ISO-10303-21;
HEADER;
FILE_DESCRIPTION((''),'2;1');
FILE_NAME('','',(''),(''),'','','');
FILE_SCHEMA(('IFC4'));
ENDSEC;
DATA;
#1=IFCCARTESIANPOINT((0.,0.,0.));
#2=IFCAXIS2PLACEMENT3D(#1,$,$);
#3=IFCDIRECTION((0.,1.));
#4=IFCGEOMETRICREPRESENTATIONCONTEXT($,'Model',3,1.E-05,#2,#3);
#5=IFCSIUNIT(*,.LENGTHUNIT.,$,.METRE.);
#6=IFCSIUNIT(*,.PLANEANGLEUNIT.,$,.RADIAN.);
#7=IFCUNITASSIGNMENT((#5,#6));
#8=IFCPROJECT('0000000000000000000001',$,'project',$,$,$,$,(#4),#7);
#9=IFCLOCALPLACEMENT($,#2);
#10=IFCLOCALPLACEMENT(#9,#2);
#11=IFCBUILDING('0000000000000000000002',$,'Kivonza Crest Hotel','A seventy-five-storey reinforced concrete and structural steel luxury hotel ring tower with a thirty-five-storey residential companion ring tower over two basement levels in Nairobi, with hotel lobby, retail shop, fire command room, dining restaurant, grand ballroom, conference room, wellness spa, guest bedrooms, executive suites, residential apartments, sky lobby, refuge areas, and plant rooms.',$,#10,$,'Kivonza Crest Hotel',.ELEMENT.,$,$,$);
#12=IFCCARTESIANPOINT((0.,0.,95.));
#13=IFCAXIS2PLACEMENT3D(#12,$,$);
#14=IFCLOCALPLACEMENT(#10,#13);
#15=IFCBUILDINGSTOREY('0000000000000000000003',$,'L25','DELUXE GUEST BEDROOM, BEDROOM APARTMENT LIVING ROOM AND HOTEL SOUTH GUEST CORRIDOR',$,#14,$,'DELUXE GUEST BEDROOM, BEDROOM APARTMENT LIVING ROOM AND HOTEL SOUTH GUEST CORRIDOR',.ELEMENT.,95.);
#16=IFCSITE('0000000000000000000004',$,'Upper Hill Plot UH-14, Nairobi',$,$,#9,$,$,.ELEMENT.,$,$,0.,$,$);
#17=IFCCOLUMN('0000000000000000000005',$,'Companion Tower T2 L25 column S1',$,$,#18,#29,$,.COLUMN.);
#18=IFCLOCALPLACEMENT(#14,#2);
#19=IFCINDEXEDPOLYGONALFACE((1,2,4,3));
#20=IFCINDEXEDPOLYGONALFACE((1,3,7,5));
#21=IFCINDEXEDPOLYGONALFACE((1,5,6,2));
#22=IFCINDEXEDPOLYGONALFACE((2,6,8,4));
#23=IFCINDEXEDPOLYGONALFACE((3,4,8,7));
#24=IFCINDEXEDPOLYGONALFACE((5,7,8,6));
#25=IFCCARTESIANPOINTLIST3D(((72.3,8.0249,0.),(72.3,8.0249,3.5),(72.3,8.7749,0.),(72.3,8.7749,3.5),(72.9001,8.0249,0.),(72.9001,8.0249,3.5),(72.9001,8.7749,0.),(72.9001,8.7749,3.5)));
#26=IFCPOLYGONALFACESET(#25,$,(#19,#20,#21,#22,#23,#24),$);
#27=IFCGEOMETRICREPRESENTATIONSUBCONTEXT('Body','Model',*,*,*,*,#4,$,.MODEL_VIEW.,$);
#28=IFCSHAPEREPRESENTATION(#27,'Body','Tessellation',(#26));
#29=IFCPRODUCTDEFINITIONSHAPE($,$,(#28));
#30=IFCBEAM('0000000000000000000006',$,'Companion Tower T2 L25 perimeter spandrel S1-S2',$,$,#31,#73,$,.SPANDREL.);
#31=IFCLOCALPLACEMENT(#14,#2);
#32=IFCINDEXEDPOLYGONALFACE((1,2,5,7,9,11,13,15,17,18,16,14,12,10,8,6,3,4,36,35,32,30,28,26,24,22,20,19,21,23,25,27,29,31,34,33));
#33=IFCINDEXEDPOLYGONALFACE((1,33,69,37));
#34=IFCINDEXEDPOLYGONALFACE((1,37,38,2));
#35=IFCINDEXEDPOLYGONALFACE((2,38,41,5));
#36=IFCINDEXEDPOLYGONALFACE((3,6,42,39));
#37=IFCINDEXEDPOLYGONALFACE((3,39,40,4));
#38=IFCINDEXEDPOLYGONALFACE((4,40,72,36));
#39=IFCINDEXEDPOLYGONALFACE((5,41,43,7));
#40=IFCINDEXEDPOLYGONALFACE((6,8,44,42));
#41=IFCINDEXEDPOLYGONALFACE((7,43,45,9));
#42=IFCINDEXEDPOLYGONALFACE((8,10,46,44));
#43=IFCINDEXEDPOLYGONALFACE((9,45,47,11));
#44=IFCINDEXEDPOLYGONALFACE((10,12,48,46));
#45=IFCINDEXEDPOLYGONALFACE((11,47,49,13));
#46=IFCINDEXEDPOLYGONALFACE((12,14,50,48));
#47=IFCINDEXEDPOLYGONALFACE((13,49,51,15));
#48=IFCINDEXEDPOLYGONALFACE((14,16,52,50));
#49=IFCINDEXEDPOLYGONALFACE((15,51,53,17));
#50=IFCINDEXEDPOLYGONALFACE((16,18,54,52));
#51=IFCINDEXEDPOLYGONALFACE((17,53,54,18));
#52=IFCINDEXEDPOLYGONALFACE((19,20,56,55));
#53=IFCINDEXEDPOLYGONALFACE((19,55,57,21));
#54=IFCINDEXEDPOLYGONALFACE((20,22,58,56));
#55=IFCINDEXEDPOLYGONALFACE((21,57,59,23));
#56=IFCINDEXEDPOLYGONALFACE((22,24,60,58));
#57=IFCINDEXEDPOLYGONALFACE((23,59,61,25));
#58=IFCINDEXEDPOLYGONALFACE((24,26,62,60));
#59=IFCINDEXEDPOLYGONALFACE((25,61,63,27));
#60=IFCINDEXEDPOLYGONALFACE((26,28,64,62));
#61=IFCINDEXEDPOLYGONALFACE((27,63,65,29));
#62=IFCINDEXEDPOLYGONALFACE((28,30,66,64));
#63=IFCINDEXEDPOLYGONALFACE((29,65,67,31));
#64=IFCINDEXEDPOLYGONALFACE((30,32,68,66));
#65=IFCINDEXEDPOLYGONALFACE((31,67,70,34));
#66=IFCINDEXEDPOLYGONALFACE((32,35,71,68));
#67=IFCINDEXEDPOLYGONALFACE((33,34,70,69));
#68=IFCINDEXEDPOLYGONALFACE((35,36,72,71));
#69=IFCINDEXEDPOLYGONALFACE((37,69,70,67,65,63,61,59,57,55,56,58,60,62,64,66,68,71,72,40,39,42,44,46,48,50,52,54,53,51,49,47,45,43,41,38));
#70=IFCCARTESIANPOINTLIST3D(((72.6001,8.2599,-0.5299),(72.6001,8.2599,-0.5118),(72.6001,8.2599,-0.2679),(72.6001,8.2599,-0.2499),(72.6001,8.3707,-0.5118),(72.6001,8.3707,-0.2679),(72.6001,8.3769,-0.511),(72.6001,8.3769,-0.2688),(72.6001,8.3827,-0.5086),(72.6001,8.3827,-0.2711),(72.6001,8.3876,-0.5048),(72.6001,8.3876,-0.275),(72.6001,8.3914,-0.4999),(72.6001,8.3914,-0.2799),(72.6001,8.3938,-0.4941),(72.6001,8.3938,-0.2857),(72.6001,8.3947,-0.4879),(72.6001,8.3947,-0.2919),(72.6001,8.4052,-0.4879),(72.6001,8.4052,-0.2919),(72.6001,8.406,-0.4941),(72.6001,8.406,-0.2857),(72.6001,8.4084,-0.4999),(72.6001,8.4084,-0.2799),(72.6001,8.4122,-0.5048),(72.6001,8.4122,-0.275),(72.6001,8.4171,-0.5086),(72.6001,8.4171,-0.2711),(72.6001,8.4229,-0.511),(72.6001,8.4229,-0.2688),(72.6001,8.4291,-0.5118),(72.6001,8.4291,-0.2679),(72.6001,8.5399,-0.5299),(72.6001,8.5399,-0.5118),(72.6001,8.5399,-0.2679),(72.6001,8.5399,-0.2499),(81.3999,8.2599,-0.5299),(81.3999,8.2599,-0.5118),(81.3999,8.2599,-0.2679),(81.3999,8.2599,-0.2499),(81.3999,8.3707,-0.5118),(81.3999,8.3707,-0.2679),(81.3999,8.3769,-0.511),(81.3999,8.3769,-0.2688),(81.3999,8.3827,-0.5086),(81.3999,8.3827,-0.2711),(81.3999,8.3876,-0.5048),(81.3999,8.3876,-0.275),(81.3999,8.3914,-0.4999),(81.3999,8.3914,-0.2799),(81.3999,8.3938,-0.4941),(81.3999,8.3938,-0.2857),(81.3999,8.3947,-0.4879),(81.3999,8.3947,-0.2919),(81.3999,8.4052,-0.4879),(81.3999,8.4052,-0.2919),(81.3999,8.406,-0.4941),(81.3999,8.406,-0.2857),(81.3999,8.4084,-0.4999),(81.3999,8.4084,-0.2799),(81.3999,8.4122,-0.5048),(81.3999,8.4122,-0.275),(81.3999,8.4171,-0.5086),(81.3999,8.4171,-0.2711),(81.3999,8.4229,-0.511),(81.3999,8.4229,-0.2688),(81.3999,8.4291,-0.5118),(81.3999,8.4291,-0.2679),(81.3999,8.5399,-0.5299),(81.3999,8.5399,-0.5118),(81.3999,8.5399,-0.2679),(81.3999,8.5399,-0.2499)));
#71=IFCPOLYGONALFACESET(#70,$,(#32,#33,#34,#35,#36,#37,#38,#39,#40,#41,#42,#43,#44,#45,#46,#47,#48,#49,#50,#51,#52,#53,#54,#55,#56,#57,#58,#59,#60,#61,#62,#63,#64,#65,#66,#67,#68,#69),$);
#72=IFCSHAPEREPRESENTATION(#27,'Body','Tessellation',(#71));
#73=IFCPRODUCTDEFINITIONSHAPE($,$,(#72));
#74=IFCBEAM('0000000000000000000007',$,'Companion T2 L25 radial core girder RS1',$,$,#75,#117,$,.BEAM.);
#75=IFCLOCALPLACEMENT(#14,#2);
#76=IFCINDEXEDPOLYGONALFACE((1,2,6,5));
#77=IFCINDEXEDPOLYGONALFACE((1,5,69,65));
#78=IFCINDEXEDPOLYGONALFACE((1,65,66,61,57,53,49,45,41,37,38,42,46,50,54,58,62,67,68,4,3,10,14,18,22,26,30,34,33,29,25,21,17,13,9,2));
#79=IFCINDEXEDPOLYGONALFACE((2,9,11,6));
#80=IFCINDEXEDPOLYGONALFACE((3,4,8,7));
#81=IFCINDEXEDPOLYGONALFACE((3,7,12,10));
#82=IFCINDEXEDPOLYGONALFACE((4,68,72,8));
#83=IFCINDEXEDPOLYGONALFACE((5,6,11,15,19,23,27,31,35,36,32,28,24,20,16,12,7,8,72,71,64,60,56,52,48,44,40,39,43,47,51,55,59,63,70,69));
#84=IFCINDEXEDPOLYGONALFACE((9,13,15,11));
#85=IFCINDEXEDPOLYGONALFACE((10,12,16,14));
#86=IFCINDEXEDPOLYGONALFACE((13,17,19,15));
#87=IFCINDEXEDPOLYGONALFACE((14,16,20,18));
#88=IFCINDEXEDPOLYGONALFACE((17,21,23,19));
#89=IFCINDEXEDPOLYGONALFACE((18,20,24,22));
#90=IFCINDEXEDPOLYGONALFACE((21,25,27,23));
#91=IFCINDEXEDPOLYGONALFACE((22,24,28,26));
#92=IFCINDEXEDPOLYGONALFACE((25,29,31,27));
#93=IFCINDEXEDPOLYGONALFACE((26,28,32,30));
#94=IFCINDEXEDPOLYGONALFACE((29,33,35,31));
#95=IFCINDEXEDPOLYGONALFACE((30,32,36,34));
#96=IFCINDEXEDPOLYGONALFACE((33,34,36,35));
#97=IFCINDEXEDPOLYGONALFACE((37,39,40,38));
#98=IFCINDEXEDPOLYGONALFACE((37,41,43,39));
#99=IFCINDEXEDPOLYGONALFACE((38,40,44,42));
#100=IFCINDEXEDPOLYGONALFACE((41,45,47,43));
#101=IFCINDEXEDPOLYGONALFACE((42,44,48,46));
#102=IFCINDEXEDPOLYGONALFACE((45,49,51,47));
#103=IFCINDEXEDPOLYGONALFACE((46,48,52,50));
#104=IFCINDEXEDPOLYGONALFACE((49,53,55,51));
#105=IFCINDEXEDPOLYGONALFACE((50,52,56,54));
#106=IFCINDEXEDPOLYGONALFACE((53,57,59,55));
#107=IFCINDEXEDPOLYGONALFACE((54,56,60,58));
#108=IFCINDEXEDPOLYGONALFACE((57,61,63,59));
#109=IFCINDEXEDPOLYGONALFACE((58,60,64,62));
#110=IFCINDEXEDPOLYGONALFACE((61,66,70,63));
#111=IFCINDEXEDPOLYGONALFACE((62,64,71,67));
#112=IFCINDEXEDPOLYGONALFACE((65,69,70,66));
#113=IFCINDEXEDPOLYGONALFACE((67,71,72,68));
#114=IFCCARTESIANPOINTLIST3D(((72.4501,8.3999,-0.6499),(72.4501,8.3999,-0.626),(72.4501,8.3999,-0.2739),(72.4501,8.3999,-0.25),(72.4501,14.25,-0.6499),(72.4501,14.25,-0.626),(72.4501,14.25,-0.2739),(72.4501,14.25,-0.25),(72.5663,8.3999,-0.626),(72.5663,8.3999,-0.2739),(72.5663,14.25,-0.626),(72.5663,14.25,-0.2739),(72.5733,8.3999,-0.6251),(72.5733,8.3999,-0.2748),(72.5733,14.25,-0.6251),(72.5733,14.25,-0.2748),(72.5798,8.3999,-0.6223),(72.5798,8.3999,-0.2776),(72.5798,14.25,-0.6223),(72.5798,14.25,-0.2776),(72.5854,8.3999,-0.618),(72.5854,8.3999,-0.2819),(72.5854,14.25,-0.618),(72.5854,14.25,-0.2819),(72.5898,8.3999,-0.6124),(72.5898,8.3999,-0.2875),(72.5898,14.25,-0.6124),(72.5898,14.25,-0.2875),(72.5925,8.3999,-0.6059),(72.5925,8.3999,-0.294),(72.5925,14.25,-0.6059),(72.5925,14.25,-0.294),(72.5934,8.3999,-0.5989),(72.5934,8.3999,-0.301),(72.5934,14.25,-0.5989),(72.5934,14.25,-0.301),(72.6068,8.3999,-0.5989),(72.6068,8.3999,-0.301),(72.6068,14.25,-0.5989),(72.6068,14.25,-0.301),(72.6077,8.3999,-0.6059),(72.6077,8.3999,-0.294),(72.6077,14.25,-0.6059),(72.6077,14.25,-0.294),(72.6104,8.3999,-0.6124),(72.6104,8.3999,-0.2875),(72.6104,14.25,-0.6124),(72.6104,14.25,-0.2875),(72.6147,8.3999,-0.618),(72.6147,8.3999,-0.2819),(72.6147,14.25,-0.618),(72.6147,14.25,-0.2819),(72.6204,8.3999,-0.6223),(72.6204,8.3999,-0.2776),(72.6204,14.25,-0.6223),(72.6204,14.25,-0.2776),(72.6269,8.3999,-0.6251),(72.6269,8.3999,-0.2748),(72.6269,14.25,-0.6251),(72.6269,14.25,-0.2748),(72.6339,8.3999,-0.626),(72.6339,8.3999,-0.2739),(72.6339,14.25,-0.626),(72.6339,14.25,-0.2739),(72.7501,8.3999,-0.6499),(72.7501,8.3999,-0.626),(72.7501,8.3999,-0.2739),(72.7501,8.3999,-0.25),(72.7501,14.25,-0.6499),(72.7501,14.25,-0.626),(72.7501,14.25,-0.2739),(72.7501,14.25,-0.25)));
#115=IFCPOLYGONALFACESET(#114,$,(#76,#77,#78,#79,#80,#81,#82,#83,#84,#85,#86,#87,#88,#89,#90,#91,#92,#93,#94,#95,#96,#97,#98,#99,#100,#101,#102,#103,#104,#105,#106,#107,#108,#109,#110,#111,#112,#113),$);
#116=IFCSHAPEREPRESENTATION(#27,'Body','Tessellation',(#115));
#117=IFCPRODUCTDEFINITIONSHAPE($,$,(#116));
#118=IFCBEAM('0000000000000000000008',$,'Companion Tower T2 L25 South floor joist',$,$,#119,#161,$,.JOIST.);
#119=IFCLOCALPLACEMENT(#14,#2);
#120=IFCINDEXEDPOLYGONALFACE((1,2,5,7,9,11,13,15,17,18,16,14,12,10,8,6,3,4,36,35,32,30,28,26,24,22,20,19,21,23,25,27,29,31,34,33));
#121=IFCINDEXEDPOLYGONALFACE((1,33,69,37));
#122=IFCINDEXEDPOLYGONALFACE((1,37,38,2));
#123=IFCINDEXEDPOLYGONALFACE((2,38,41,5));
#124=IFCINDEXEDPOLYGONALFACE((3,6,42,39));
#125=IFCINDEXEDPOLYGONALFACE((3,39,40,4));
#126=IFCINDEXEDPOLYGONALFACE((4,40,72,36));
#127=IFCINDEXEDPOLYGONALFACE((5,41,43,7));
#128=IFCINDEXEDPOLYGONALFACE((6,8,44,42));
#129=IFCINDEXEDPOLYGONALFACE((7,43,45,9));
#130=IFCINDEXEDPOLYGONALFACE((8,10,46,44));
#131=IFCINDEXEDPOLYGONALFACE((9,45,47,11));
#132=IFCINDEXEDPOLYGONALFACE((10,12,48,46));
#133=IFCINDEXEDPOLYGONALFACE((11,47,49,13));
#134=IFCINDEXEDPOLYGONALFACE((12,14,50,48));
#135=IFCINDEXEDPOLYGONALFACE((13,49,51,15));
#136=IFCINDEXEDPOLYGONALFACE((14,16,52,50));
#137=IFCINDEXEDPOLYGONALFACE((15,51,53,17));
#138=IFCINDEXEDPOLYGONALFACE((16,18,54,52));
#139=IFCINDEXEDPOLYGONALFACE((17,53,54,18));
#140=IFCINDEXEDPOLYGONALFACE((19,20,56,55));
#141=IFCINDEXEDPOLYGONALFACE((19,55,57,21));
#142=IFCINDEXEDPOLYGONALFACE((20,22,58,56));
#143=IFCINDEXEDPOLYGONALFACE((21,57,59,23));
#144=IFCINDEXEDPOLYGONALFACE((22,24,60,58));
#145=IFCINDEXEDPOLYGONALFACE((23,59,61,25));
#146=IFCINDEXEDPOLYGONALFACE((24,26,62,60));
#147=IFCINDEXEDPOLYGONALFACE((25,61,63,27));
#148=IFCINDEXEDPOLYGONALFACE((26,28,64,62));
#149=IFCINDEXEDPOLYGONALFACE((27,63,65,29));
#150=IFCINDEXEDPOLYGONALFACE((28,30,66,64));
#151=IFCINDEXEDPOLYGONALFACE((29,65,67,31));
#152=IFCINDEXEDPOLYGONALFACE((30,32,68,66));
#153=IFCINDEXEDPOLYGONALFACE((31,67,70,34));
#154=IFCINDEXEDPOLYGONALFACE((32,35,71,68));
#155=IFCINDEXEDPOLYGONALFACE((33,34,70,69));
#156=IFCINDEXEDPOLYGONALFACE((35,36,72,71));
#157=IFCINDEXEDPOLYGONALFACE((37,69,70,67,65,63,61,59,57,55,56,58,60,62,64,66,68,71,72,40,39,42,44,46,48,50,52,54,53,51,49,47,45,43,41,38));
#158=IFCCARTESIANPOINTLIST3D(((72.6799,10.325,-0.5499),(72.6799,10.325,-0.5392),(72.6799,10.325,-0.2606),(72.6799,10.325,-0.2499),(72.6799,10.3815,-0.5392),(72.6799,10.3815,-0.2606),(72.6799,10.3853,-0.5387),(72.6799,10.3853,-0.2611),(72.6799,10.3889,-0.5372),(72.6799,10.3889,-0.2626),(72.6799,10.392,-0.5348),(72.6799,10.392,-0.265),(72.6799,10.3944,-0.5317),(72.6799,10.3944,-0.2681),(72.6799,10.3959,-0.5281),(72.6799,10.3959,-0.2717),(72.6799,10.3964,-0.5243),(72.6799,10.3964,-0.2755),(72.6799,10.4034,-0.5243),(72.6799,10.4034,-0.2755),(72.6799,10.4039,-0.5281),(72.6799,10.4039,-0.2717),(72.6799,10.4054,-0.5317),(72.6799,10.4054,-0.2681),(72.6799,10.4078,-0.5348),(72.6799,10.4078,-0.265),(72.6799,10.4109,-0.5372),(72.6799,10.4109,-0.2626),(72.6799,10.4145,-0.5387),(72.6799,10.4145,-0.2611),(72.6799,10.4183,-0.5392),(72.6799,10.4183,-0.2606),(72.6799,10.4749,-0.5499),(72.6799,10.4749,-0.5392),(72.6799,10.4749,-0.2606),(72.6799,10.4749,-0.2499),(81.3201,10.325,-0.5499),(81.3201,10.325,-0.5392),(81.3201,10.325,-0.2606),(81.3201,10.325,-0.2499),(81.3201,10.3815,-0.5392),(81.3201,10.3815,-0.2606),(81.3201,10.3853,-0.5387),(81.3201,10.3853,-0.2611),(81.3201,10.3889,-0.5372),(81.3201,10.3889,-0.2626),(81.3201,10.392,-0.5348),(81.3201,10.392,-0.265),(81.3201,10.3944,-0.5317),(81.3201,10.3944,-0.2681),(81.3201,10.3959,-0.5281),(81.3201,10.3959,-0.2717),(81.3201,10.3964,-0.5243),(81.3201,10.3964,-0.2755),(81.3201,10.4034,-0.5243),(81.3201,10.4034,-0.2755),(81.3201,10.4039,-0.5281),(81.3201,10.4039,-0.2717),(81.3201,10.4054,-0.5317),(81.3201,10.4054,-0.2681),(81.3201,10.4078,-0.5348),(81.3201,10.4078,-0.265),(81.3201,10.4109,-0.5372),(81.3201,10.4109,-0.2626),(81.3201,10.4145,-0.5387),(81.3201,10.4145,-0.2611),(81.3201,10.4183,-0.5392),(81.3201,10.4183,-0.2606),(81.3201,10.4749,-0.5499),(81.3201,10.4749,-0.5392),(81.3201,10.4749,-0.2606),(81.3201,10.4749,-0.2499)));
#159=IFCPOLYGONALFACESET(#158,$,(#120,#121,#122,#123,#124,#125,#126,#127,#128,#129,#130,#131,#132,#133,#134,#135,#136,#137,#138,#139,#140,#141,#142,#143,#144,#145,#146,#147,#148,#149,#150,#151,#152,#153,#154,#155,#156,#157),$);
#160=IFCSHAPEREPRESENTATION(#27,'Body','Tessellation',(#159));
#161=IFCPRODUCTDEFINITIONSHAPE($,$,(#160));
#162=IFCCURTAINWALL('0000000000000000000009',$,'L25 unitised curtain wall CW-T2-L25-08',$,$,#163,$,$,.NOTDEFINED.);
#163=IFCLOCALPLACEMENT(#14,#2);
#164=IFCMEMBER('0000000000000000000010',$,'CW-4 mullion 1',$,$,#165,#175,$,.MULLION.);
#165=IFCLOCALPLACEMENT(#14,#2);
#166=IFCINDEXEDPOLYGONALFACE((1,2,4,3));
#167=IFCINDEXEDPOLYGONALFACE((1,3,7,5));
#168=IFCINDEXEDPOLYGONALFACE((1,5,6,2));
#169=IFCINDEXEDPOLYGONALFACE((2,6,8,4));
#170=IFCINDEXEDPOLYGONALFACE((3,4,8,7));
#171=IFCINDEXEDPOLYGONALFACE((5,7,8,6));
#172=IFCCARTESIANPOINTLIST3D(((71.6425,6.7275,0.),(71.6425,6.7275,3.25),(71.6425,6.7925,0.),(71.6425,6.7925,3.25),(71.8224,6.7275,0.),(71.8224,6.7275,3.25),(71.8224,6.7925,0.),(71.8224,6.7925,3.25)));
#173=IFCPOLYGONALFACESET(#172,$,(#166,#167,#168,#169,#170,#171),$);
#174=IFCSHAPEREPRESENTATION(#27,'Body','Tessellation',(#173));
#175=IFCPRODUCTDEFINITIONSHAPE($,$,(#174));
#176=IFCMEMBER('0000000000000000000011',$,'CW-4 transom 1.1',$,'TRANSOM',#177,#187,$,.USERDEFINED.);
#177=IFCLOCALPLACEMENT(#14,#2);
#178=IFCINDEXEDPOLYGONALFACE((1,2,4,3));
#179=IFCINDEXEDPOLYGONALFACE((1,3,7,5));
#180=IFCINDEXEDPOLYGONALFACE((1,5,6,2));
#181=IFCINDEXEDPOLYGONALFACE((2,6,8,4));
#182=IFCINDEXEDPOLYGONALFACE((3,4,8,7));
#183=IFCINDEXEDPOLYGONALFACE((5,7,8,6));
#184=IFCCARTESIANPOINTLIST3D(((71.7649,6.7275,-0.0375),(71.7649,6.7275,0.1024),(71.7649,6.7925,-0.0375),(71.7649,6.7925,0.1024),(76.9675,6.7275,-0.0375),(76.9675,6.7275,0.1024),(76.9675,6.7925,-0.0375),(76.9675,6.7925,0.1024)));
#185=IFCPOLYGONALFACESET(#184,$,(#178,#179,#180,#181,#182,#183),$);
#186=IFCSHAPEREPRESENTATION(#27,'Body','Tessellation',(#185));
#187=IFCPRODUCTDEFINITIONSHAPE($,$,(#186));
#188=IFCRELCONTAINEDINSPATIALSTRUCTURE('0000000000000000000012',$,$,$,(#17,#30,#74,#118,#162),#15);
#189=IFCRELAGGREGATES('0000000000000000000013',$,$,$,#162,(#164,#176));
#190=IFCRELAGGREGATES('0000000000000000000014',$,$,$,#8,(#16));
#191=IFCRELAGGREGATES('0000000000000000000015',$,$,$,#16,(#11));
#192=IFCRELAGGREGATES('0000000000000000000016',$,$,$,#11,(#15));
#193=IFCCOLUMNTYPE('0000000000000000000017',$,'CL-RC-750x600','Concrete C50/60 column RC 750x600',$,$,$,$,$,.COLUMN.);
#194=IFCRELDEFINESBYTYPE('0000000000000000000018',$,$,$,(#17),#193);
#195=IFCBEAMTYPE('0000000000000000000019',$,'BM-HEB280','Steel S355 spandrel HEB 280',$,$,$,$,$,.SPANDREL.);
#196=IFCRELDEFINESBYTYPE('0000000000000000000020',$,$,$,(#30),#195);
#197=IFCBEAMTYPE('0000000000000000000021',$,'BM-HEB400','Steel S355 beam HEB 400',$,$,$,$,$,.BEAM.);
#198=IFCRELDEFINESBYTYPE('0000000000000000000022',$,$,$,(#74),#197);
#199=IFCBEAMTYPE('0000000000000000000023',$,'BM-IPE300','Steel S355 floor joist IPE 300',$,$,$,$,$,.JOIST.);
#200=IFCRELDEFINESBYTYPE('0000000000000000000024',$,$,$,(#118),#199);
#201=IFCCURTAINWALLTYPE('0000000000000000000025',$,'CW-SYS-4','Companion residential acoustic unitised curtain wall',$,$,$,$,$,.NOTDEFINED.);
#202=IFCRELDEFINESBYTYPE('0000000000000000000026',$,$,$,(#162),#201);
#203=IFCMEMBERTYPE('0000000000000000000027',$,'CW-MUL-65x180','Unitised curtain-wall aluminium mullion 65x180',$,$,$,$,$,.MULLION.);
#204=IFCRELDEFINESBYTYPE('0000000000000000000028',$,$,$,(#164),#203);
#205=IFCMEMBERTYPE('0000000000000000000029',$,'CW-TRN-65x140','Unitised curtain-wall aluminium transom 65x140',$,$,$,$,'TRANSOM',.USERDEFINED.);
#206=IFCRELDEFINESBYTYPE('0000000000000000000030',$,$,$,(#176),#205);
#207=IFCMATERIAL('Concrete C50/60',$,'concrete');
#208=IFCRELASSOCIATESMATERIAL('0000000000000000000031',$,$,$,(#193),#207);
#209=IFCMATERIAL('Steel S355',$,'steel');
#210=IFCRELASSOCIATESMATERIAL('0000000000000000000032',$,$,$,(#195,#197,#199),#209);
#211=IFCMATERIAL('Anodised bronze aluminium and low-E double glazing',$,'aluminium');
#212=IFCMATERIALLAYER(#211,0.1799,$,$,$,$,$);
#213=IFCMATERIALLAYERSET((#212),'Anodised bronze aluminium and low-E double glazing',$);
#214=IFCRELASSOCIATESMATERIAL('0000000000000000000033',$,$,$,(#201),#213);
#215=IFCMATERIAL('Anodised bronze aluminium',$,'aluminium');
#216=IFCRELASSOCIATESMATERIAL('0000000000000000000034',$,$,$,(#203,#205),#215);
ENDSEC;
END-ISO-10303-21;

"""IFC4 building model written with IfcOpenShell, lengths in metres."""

from ifc_helpers import new_model, si_unit, direction, frame, origin, origin_2d, place, context, subcontext, project, spatial, rectangle, i_section, extrude, material, layer, layer_set, material_profile, profile_set, type_object, element, aggregate, save


model = new_model("IFC4")

# Units and contexts
model_context = context("Model", 3, precision=1e-05, world=origin(), true_north=direction((0.0, 1.0)))
body_context = subcontext(model_context, "Body", "Model", "MODEL_VIEW")
ifc_project = project(units=[si_unit("LENGTHUNIT", "METRE"), si_unit("PLANEANGLEUNIT", "RADIAN")], contexts=[model_context])

# Site, building, storey
site_placement = place(None, origin())
site = spatial("IfcSite", under=ifc_project, at=site_placement, Name="Upper Hill Plot UH-14, Nairobi", CompositionType="ELEMENT", RefElevation=0.0)
building_placement = place(site_placement, origin())
building = spatial("IfcBuilding", under=site, at=building_placement, Name="Kivonza Crest Hotel", Description="A seventy-five-storey reinforced concrete and structural steel luxury hotel ring tower with a thirty-five-storey residential companion ring tower over two basement levels in Nairobi, with hotel lobby, retail shop, fire command room, dining restaurant, grand ballroom, conference room, wellness spa, guest bedrooms, executive suites, residential apartments, sky lobby, refuge areas, and plant rooms.", LongName="Kivonza Crest Hotel", CompositionType="ELEMENT")
storey_placement = place(building_placement, frame((0.0, 0.0, 95.0)))
storey = spatial("IfcBuildingStorey", under=building, at=storey_placement, Name="L25", Description="DELUXE GUEST BEDROOM, BEDROOM APARTMENT LIVING ROOM AND HOTEL SOUTH GUEST CORRIDOR", LongName="DELUXE GUEST BEDROOM, BEDROOM APARTMENT LIVING ROOM AND HOTEL SOUTH GUEST CORRIDOR", CompositionType="ELEMENT", Elevation=95.0)

# Column
ifc_material_1 = material(Name="Concrete C50/60", Category="concrete")
ifc_material_profile_1 = material_profile(ifc_material_1, rectangle(XDim=0.6001, YDim=0.75, at=origin_2d()), Name="RC 750x600")
ifc_profile_set_1 = profile_set([ifc_material_profile_1], Name="Concrete C50/60")
column_type = type_object("IfcColumnType", Name="CL-RC-750x600", Description="Concrete C50/60 column RC 750x600", PredefinedType="COLUMN", material=ifc_profile_set_1)
column_placement = place(storey_placement, frame((72.6001, 8.3999, 0.0), z_axis=(0.0, 0.0, 1.0), x_axis=(1.0, 0.0, 0.0)))
element("IfcColumn", 1, at=column_placement, inside=storey, type_object=column_type, Name="Companion Tower T2 L25 column S1", PredefinedType="COLUMN", context=body_context, shape_type="SweptSolid", body=[
    extrude(rectangle(XDim=0.6001, YDim=0.75, at=origin_2d()), origin(), (0.0, 0.0, 1.0), 3.5),
])

# Beams
ifc_material_2 = material(Name="Steel S355", Category="steel")
ifc_material_profile_2 = material_profile(ifc_material_2, i_section(OverallWidth=0.28, OverallDepth=0.28, WebThickness=0.0105, FlangeThickness=0.0181, FilletRadius=0.0239, at=origin_2d()), Name="HEB 280")
ifc_profile_set_2 = profile_set([ifc_material_profile_2], Name="Steel S355")
beam_type_1 = type_object("IfcBeamType", Name="BM-HEB280", Description="Steel S355 spandrel HEB 280", PredefinedType="SPANDREL", material=ifc_profile_set_2)
beam_1_placement = place(storey_placement, frame((72.6001, 8.3999, -0.3899), z_axis=(1.0, 0.0, 0.0), x_axis=(0.0, 1.0, 0.0)))
element("IfcBeam", 2, at=beam_1_placement, inside=storey, type_object=beam_type_1, Name="Companion Tower T2 L25 perimeter spandrel S1-S2", PredefinedType="SPANDREL", context=body_context, shape_type="SweptSolid", body=[
    extrude(i_section(OverallWidth=0.28, OverallDepth=0.28, WebThickness=0.0105, FlangeThickness=0.0181, FilletRadius=0.0239, at=origin_2d()), origin(), (0.0, 0.0, 1.0), 8.7998),
])
ifc_material_profile_3 = material_profile(ifc_material_2, i_section(OverallWidth=0.3, OverallDepth=0.3999, WebThickness=0.0134, FlangeThickness=0.0239, FilletRadius=0.0271, at=origin_2d()), Name="HEB 400")
ifc_profile_set_3 = profile_set([ifc_material_profile_3], Name="Steel S355")
beam_type_2 = type_object("IfcBeamType", Name="BM-HEB400", Description="Steel S355 beam HEB 400", PredefinedType="BEAM", material=ifc_profile_set_3)
beam_2_placement = place(storey_placement, frame((72.6001, 8.3999, -0.45), z_axis=(0.0, 1.0, 0.0), x_axis=(-1.0, 0.0, 0.0)))
element("IfcBeam", 3, at=beam_2_placement, inside=storey, type_object=beam_type_2, Name="Companion T2 L25 radial core girder RS1", PredefinedType="BEAM", context=body_context, shape_type="SweptSolid", body=[
    extrude(i_section(OverallWidth=0.3, OverallDepth=0.3999, WebThickness=0.0134, FlangeThickness=0.0239, FilletRadius=0.0271, at=origin_2d()), origin(), (0.0, 0.0, 1.0), 5.8501),
])
ifc_material_profile_4 = material_profile(ifc_material_2, i_section(OverallWidth=0.1499, OverallDepth=0.3, WebThickness=0.0071, FlangeThickness=0.0107, FilletRadius=0.0149, at=origin_2d()), Name="IPE 300")
ifc_profile_set_4 = profile_set([ifc_material_profile_4], Name="Steel S355")
beam_type_3 = type_object("IfcBeamType", Name="BM-IPE300", Description="Steel S355 floor joist IPE 300", PredefinedType="JOIST", material=ifc_profile_set_4)
beam_3_placement = place(storey_placement, frame((72.6799, 10.3999, -0.3999), z_axis=(1.0, 0.0, 0.0), x_axis=(0.0, 1.0, 0.0)))
element("IfcBeam", 4, at=beam_3_placement, inside=storey, type_object=beam_type_3, Name="Companion Tower T2 L25 South floor joist", PredefinedType="JOIST", context=body_context, shape_type="SweptSolid", body=[
    extrude(i_section(OverallWidth=0.1499, OverallDepth=0.3, WebThickness=0.0071, FlangeThickness=0.0107, FilletRadius=0.0149, at=origin_2d()), origin(), (0.0, 0.0, 1.0), 8.6401),
])

# Curtain wall, members
ifc_material_3 = material(Name="Anodised bronze aluminium and low-E double glazing", Category="aluminium")
ifc_layer_1 = layer(ifc_material_3, 0.1799)
ifc_layer_set_1 = layer_set([ifc_layer_1], Name="Anodised bronze aluminium and low-E double glazing")
curtain_wall_type = type_object("IfcCurtainWallType", Name="CW-SYS-4", Description="Companion residential acoustic unitised curtain wall", PredefinedType="NOTDEFINED", material=ifc_layer_set_1)
curtain_wall_placement = place(storey_placement, origin())
curtain_wall = element("IfcCurtainWall", 5, at=curtain_wall_placement, inside=storey, type_object=curtain_wall_type, Name="L25 unitised curtain wall CW-T2-L25-08", PredefinedType="NOTDEFINED")
ifc_material_4 = material(Name="Anodised bronze aluminium", Category="aluminium")
ifc_material_profile_5 = material_profile(ifc_material_4, rectangle(XDim=0.0649, YDim=0.1799, at=origin_2d()), Name="CW-M 65x180")
ifc_profile_set_5 = profile_set([ifc_material_profile_5], Name="Anodised bronze aluminium")
member_type_1 = type_object("IfcMemberType", Name="CW-MUL-65x180", Description="Unitised curtain-wall aluminium mullion 65x180", PredefinedType="MULLION", material=ifc_profile_set_5)
member_1_placement = place(storey_placement, frame((71.7324, 6.76, 0.0), z_axis=(0.0, 0.0, 1.0), x_axis=(0.0, 1.0, 0.0)))
member_1 = element("IfcMember", 6, at=member_1_placement, type_object=member_type_1, Name="CW-4 mullion 1", PredefinedType="MULLION", context=body_context, shape_type="SweptSolid", body=[
    extrude(rectangle(XDim=0.0649, YDim=0.1799, at=origin_2d()), origin(), (0.0, 0.0, 1.0), 3.25),
])
ifc_material_profile_6 = material_profile(ifc_material_4, rectangle(XDim=0.0649, YDim=0.1399, at=origin_2d()), Name="CW-T 65x140")
ifc_profile_set_6 = profile_set([ifc_material_profile_6], Name="Anodised bronze aluminium")
member_type_2 = type_object("IfcMemberType", Name="CW-TRN-65x140", Description="Unitised curtain-wall aluminium transom 65x140", ElementType="TRANSOM", PredefinedType="USERDEFINED", material=ifc_profile_set_6)
member_2_placement = place(storey_placement, frame((71.7649, 6.76, 0.0325), z_axis=(1.0, 0.0, 0.0), x_axis=(0.0, 1.0, 0.0)))
member_2 = element("IfcMember", 7, at=member_2_placement, type_object=member_type_2, Name="CW-4 transom 1.1", ObjectType="TRANSOM", PredefinedType="USERDEFINED", context=body_context, shape_type="SweptSolid", body=[
    extrude(rectangle(XDim=0.0649, YDim=0.1399, at=origin_2d()), origin(), (0.0, 0.0, 1.0), 5.2026),
])
aggregate(curtain_wall, [member_1, member_2])

save(model, "model.ifc")
